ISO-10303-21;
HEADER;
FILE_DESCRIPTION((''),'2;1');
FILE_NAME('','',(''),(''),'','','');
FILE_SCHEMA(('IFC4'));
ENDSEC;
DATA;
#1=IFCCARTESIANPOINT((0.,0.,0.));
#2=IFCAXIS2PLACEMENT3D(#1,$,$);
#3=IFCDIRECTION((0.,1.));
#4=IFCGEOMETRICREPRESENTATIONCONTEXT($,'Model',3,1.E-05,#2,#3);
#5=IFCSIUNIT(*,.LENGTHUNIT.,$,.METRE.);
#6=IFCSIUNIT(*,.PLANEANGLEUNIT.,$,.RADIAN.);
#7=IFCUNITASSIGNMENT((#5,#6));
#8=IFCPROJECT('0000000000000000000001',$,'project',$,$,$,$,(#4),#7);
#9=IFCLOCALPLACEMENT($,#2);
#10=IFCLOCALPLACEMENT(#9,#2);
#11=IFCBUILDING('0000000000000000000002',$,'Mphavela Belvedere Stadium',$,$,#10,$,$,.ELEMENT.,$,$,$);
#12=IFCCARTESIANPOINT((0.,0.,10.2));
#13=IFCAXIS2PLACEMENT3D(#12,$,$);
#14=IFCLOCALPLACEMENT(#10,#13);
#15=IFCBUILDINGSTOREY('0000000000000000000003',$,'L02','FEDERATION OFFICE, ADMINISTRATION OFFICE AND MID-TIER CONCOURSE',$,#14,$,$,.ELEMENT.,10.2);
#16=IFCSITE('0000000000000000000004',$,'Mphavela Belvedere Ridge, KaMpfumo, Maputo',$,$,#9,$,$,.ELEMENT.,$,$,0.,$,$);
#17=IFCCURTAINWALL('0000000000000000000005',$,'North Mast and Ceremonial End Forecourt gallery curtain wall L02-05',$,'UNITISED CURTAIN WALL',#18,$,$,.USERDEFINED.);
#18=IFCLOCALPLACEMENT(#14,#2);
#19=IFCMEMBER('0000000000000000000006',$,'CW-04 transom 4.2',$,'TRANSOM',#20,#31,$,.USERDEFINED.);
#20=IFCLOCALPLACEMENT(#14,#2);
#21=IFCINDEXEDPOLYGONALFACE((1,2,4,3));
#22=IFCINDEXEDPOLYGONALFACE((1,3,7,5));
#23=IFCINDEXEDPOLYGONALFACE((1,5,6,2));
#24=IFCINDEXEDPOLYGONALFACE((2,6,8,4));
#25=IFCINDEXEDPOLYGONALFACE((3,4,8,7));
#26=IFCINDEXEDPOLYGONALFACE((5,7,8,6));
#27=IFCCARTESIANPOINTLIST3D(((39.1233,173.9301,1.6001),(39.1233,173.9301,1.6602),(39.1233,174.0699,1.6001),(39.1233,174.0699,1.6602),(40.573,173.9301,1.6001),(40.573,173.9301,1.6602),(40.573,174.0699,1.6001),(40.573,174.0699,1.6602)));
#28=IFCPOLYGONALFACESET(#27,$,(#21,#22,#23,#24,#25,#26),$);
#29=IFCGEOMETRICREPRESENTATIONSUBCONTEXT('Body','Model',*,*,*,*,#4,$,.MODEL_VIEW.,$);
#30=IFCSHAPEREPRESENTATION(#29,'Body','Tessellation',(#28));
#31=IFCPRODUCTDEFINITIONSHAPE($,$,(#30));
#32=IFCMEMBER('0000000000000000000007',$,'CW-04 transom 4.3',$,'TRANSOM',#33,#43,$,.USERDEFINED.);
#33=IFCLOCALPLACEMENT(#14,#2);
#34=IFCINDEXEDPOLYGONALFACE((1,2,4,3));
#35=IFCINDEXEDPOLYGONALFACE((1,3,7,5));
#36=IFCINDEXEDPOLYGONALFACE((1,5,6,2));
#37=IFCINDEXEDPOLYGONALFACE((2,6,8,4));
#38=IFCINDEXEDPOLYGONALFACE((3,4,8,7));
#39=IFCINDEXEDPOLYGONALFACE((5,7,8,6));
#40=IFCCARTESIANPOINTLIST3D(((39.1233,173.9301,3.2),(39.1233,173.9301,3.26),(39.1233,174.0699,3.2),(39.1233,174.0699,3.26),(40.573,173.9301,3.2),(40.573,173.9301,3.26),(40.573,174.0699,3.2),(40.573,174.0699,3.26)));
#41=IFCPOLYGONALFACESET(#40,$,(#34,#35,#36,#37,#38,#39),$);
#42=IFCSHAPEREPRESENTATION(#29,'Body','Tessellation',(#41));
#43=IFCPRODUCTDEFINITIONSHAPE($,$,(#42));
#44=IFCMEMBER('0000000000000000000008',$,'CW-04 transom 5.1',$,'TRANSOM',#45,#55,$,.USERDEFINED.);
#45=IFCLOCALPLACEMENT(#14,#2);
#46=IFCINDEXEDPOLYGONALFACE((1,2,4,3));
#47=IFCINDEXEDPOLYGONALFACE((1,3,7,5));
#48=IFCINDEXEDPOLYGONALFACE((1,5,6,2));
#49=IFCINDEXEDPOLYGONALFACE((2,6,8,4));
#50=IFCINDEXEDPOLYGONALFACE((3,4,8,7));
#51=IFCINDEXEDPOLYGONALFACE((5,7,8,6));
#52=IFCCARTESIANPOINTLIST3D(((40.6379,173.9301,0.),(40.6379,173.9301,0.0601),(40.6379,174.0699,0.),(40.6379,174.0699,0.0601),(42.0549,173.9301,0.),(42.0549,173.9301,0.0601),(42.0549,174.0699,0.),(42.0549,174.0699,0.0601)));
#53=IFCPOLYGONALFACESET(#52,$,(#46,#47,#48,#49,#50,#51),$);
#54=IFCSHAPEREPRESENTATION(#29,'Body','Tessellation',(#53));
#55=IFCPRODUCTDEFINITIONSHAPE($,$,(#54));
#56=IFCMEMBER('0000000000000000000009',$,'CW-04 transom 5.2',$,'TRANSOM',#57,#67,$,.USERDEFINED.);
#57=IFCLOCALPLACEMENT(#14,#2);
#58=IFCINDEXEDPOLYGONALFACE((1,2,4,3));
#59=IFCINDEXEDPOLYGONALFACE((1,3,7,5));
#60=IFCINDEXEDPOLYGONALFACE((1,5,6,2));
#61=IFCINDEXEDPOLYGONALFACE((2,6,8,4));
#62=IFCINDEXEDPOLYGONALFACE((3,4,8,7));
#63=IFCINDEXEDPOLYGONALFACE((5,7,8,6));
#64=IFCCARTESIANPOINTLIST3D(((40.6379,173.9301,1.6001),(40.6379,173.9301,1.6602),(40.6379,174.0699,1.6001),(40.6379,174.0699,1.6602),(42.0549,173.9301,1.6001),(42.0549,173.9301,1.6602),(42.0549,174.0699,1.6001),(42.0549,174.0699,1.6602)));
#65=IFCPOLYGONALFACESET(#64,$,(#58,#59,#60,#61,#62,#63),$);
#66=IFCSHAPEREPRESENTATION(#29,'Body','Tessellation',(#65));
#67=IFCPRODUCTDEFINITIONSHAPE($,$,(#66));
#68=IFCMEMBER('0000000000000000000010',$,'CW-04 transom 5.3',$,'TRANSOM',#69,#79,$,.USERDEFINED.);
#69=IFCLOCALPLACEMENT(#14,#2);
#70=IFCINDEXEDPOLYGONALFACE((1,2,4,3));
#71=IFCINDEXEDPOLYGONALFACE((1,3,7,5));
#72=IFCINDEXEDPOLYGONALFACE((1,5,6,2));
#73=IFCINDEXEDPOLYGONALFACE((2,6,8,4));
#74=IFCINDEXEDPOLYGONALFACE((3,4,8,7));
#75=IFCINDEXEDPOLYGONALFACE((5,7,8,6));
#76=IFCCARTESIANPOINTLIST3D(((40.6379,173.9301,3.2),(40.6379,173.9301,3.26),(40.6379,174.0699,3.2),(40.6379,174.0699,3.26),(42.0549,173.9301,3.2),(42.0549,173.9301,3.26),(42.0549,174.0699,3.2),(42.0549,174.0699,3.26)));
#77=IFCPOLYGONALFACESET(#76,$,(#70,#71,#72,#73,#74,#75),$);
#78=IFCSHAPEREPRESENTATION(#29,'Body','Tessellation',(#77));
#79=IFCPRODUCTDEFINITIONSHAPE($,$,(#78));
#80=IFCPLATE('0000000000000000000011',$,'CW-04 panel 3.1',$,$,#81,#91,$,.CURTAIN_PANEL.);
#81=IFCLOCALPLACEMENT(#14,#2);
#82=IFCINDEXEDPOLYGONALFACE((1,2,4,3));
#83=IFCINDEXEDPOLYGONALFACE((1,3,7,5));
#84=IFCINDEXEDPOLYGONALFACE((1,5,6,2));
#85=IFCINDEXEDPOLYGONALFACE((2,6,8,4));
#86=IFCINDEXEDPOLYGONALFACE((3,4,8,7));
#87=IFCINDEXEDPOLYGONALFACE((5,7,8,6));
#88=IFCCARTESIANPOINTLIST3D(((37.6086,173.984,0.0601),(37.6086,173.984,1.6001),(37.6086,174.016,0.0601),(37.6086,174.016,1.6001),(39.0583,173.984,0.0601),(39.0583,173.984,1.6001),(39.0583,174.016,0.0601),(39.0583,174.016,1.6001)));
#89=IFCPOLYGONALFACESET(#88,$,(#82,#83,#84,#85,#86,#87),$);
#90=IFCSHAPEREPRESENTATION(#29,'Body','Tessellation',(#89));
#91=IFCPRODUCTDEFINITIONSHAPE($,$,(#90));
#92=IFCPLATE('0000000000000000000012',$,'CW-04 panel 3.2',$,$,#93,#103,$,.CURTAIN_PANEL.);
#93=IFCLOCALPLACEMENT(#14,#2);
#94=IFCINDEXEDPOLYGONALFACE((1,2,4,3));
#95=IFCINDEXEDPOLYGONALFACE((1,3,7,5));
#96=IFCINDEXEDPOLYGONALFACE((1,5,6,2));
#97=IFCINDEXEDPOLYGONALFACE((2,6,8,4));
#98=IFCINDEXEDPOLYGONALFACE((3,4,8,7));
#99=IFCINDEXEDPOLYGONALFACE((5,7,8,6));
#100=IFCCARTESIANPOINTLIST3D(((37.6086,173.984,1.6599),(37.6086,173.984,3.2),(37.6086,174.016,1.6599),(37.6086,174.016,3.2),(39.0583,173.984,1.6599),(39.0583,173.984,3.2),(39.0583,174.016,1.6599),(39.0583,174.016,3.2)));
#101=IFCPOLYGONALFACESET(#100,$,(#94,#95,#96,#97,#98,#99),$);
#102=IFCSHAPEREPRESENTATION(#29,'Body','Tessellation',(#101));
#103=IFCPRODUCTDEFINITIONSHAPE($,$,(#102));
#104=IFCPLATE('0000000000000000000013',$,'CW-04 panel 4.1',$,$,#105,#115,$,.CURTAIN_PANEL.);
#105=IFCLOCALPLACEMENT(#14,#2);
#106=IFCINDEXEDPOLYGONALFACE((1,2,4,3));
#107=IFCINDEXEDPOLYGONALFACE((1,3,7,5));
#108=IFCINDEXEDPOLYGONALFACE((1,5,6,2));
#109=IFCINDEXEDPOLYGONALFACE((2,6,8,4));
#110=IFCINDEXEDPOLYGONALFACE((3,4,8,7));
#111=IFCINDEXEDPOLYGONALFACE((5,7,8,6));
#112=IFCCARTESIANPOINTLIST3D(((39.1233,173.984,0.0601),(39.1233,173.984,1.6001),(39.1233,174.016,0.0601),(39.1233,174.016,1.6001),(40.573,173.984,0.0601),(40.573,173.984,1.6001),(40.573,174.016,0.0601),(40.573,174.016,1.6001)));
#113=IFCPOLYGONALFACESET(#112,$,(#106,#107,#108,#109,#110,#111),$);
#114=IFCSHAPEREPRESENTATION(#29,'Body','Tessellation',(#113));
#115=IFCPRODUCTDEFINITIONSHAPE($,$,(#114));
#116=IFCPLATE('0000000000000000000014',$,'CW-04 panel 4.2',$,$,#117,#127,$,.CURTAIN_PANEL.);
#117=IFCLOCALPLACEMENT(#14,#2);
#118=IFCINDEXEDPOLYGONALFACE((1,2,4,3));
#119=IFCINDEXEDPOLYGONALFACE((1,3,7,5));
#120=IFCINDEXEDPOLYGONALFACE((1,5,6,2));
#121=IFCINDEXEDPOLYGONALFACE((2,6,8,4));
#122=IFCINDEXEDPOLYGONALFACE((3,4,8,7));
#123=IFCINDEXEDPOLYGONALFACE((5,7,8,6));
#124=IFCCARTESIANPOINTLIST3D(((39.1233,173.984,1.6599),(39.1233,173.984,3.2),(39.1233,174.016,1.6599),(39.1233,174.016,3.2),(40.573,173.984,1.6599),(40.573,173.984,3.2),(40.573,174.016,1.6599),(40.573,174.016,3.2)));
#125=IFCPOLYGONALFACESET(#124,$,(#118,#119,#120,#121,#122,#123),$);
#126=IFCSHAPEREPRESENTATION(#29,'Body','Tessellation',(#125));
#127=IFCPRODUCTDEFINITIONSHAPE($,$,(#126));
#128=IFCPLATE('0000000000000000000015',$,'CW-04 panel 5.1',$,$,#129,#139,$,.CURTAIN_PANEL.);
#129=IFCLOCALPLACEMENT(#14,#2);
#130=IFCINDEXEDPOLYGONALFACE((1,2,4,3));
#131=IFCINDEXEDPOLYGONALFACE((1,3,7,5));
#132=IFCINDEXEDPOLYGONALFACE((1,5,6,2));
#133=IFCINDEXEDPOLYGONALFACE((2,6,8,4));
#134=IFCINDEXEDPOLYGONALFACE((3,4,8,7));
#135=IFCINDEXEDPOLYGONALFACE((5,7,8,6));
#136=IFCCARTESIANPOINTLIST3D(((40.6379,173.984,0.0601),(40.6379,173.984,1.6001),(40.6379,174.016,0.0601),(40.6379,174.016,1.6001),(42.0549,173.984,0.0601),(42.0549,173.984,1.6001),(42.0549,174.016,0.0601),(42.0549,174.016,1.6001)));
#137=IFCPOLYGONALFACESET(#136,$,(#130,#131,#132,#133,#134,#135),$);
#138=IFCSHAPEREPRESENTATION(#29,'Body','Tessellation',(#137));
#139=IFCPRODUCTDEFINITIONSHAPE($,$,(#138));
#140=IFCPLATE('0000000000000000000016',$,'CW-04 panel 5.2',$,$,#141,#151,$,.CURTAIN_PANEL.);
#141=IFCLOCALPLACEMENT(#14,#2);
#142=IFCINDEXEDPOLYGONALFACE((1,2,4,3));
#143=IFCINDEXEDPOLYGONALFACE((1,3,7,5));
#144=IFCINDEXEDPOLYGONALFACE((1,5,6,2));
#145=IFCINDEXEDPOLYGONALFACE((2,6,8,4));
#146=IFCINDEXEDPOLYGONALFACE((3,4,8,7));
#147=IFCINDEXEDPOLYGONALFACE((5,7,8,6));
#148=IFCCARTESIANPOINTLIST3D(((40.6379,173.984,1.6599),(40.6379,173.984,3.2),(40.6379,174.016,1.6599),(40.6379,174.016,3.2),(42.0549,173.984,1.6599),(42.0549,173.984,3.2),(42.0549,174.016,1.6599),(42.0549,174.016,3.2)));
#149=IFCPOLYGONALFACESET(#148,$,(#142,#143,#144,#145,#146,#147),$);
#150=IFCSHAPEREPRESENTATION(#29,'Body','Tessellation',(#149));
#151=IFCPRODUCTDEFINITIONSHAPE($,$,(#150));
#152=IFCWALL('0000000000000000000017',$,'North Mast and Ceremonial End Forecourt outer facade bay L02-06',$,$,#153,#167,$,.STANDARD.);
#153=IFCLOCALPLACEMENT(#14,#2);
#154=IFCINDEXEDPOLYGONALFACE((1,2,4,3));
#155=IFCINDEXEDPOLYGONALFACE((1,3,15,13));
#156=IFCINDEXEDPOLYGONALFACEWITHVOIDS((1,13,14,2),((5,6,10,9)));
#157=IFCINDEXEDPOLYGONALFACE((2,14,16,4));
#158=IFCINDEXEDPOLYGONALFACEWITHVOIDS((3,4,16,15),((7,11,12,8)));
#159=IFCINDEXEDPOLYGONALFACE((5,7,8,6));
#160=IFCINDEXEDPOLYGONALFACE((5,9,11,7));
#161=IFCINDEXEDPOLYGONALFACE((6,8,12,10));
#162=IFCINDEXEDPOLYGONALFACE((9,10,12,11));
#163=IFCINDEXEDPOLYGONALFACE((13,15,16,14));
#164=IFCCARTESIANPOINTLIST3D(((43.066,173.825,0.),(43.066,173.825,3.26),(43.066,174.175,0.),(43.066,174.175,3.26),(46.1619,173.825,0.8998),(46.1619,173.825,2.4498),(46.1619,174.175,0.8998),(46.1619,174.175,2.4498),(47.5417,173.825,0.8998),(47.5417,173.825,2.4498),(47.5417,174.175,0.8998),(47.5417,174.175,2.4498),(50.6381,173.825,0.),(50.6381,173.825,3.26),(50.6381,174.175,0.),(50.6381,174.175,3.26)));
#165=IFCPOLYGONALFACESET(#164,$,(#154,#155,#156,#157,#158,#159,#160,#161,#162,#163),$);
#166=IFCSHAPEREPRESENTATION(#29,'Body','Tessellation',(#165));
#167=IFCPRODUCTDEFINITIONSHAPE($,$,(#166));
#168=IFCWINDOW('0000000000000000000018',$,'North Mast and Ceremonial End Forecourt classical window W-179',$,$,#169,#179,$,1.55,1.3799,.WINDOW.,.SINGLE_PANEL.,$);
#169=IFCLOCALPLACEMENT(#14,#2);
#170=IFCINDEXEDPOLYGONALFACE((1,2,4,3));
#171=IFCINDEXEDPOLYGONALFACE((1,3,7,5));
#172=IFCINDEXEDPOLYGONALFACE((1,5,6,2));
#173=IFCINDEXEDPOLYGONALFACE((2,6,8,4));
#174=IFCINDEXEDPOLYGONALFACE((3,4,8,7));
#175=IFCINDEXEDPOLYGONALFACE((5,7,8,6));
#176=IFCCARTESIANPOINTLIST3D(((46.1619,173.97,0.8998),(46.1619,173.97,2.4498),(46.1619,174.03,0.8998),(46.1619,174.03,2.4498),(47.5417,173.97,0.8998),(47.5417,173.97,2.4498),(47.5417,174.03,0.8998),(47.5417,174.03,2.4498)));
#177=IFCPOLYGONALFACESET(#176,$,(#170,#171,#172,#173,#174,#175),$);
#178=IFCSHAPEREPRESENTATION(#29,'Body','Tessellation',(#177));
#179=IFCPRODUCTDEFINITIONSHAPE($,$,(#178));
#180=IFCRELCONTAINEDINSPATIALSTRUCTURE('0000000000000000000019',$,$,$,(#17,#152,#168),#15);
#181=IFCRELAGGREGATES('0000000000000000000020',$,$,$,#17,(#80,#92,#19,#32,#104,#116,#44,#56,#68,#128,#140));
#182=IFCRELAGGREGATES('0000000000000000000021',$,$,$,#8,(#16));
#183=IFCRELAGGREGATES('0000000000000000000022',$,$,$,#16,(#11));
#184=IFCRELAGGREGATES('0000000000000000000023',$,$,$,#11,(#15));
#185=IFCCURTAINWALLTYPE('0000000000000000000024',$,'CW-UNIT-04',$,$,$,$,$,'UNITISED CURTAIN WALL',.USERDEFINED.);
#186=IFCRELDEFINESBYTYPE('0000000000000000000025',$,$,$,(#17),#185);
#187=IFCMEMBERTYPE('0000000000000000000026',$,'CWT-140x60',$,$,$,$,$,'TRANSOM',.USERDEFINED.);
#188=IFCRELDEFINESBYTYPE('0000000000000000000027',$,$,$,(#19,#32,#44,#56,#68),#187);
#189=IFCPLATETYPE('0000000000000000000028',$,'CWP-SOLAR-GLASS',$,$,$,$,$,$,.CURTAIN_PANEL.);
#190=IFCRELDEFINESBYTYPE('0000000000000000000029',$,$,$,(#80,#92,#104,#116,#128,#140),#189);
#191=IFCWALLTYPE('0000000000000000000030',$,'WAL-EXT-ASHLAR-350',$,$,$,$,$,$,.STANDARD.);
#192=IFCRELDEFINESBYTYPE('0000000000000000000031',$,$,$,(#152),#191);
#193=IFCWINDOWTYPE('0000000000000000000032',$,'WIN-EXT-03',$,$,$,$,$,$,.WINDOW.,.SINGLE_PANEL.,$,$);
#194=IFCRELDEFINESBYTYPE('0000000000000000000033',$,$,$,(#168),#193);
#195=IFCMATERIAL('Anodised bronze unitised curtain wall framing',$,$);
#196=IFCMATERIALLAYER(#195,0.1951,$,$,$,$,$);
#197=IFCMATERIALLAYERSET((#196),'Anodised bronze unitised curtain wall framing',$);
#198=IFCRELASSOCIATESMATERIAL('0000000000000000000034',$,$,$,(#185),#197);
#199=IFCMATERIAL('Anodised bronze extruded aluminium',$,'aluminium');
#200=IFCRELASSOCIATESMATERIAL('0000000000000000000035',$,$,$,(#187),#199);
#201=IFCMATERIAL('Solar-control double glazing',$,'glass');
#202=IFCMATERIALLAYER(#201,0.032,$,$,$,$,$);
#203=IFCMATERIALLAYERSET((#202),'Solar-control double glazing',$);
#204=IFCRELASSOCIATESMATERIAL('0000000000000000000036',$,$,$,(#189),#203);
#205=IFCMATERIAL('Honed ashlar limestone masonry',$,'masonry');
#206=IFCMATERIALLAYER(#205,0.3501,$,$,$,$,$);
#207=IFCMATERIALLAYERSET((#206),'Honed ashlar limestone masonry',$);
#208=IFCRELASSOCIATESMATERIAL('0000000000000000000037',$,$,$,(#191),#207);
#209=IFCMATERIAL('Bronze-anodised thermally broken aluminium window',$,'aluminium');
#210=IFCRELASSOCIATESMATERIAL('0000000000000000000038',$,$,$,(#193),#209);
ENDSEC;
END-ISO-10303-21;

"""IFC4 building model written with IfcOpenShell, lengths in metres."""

from ifc_helpers import new_model, si_unit, direction, frame, frame_2d, origin, origin_2d, place, context, subcontext, project, spatial, rectangle, extrude, material, layer, layer_set, material_profile, profile_set, type_object, element, fill, aggregate, save


model = new_model("IFC4")

# Units and contexts
model_context = context("Model", 3, precision=1e-05, world=origin(), true_north=direction((0.0, 1.0)))
body_context = subcontext(model_context, "Body", "Model", "MODEL_VIEW")
ifc_project = project(units=[si_unit("LENGTHUNIT", "METRE"), si_unit("PLANEANGLEUNIT", "RADIAN")], contexts=[model_context])

# Site, building, storey
site_placement = place(None, origin())
site = spatial("IfcSite", under=ifc_project, at=site_placement, Name="Mphavela Belvedere Ridge, KaMpfumo, Maputo", CompositionType="ELEMENT", RefElevation=0.0)
building_placement = place(site_placement, origin())
building = spatial("IfcBuilding", under=site, at=building_placement, Name="Mphavela Belvedere Stadium", CompositionType="ELEMENT")
storey_placement = place(building_placement, frame((0.0, 0.0, 10.2)))
storey = spatial("IfcBuildingStorey", under=building, at=storey_placement, Name="L02", Description="FEDERATION OFFICE, ADMINISTRATION OFFICE AND MID-TIER CONCOURSE", CompositionType="ELEMENT", Elevation=10.2)

# Curtain wall, members, plates
ifc_material_1 = material(Name="Anodised bronze unitised curtain wall framing")
ifc_layer_1 = layer(ifc_material_1, 0.1951)
ifc_layer_set_1 = layer_set([ifc_layer_1], Name="Anodised bronze unitised curtain wall framing")
curtain_wall_type = type_object("IfcCurtainWallType", Name="CW-UNIT-04", ElementType="UNITISED CURTAIN WALL", PredefinedType="USERDEFINED", material=ifc_layer_set_1)
curtain_wall_placement = place(storey_placement, origin())
curtain_wall = element("IfcCurtainWall", 1, at=curtain_wall_placement, inside=storey, type_object=curtain_wall_type, Name="North Mast and Ceremonial End Forecourt gallery curtain wall L02-05", ObjectType="UNITISED CURTAIN WALL", PredefinedType="USERDEFINED")
ifc_material_2 = material(Name="Anodised bronze extruded aluminium", Category="aluminium")
ifc_material_profile_1 = material_profile(ifc_material_2, rectangle(XDim=0.1399, YDim=0.0601, at=origin_2d()), Name="CW-TRN 140x60")
ifc_profile_set_1 = profile_set([ifc_material_profile_1], Name="Anodised bronze extruded aluminium")
member_type_1 = type_object("IfcMemberType", Name="CWT-140x60", ElementType="TRANSOM", PredefinedType="USERDEFINED", material=ifc_profile_set_1)
member_1_placement = place(storey_placement, frame((39.1233, 174.0, 1.6301), z_axis=(1.0, 0.0, 0.0), x_axis=(0.0, 1.0, 0.0)))
member_1 = element("IfcMember", 2, at=member_1_placement, type_object=member_type_1, Name="CW-04 transom 4.2", ObjectType="TRANSOM", PredefinedType="USERDEFINED", context=body_context, shape_type="SweptSolid", body=[
    extrude(rectangle(XDim=0.1399, YDim=0.0601, at=origin_2d()), origin(), (0.0, 0.0, 1.0), 1.4497),
])
member_2_placement = place(storey_placement, frame((39.1233, 174.0, 3.23), z_axis=(1.0, 0.0, 0.0), x_axis=(0.0, 1.0, 0.0)))
member_2 = element("IfcMember", 3, at=member_2_placement, type_object=member_type_1, Name="CW-04 transom 4.3", ObjectType="TRANSOM", PredefinedType="USERDEFINED", context=body_context, shape_type="SweptSolid", body=[
    extrude(rectangle(XDim=0.1399, YDim=0.0601, at=origin_2d()), origin(), (0.0, 0.0, 1.0), 1.4497),
])
member_3_placement = place(storey_placement, frame((40.6379, 174.0, 0.03), z_axis=(1.0, 0.0, 0.0), x_axis=(0.0, 1.0, 0.0)))
member_3 = element("IfcMember", 4, at=member_3_placement, type_object=member_type_1, Name="CW-04 transom 5.1", ObjectType="TRANSOM", PredefinedType="USERDEFINED", context=body_context, shape_type="SweptSolid", body=[
    extrude(rectangle(XDim=0.1399, YDim=0.0601, at=origin_2d()), origin(), (0.0, 0.0, 1.0), 1.417),
])
member_4_placement = place(storey_placement, frame((40.6379, 174.0, 1.6301), z_axis=(1.0, 0.0, 0.0), x_axis=(0.0, 1.0, 0.0)))
member_4 = element("IfcMember", 5, at=member_4_placement, type_object=member_type_1, Name="CW-04 transom 5.2", ObjectType="TRANSOM", PredefinedType="USERDEFINED", context=body_context, shape_type="SweptSolid", body=[
    extrude(rectangle(XDim=0.1399, YDim=0.0601, at=origin_2d()), origin(), (0.0, 0.0, 1.0), 1.417),
])
member_5_placement = place(storey_placement, frame((40.6379, 174.0, 3.23), z_axis=(1.0, 0.0, 0.0), x_axis=(0.0, 1.0, 0.0)))
member_5 = element("IfcMember", 6, at=member_5_placement, type_object=member_type_1, Name="CW-04 transom 5.3", ObjectType="TRANSOM", PredefinedType="USERDEFINED", context=body_context, shape_type="SweptSolid", body=[
    extrude(rectangle(XDim=0.1399, YDim=0.0601, at=origin_2d()), origin(), (0.0, 0.0, 1.0), 1.417),
])
ifc_material_3 = material(Name="Solar-control double glazing", Category="glass")
ifc_layer_2 = layer(ifc_material_3, 0.032)
ifc_layer_set_2 = layer_set([ifc_layer_2], Name="Solar-control double glazing")
plate_type = type_object("IfcPlateType", Name="CWP-SOLAR-GLASS", PredefinedType="CURTAIN_PANEL", material=ifc_layer_set_2)
plate_1_placement = place(storey_placement, frame((38.3335, 174.0, 0.0601), z_axis=(0.0, 0.0, 1.0), x_axis=(1.0, 0.0, 0.0)))
plate_1 = element("IfcPlate", 7, at=plate_1_placement, type_object=plate_type, Name="CW-04 panel 3.1", PredefinedType="CURTAIN_PANEL", context=body_context, shape_type="SweptSolid", body=[
    extrude(rectangle(XDim=1.4497, YDim=0.032, at=origin_2d()), origin(), (0.0, 0.0, 1.0), 1.54),
])
plate_2_placement = place(storey_placement, frame((38.3335, 174.0, 1.6599), z_axis=(0.0, 0.0, 1.0), x_axis=(1.0, 0.0, 0.0)))
plate_2 = element("IfcPlate", 8, at=plate_2_placement, type_object=plate_type, Name="CW-04 panel 3.2", PredefinedType="CURTAIN_PANEL", context=body_context, shape_type="SweptSolid", body=[
    extrude(rectangle(XDim=1.4497, YDim=0.032, at=origin_2d()), origin(), (0.0, 0.0, 1.0), 1.54),
])
plate_3_placement = place(storey_placement, frame((39.8481, 174.0, 0.0601), z_axis=(0.0, 0.0, 1.0), x_axis=(1.0, 0.0, 0.0)))
plate_3 = element("IfcPlate", 9, at=plate_3_placement, type_object=plate_type, Name="CW-04 panel 4.1", PredefinedType="CURTAIN_PANEL", context=body_context, shape_type="SweptSolid", body=[
    extrude(rectangle(XDim=1.4497, YDim=0.032, at=origin_2d()), origin(), (0.0, 0.0, 1.0), 1.54),
])
plate_4_placement = place(storey_placement, frame((39.8481, 174.0, 1.6599), z_axis=(0.0, 0.0, 1.0), x_axis=(1.0, 0.0, 0.0)))
plate_4 = element("IfcPlate", 10, at=plate_4_placement, type_object=plate_type, Name="CW-04 panel 4.2", PredefinedType="CURTAIN_PANEL", context=body_context, shape_type="SweptSolid", body=[
    extrude(rectangle(XDim=1.4497, YDim=0.032, at=origin_2d()), origin(), (0.0, 0.0, 1.0), 1.54),
])
plate_5_placement = place(storey_placement, frame((41.3464, 174.0, 0.0601), z_axis=(0.0, 0.0, 1.0), x_axis=(1.0, 0.0, 0.0)))
plate_5 = element("IfcPlate", 11, at=plate_5_placement, type_object=plate_type, Name="CW-04 panel 5.1", PredefinedType="CURTAIN_PANEL", context=body_context, shape_type="SweptSolid", body=[
    extrude(rectangle(XDim=1.417, YDim=0.032, at=origin_2d()), origin(), (0.0, 0.0, 1.0), 1.54),
])
plate_6_placement = place(storey_placement, frame((41.3464, 174.0, 1.6599), z_axis=(0.0, 0.0, 1.0), x_axis=(1.0, 0.0, 0.0)))
plate_6 = element("IfcPlate", 12, at=plate_6_placement, type_object=plate_type, Name="CW-04 panel 5.2", PredefinedType="CURTAIN_PANEL", context=body_context, shape_type="SweptSolid", body=[
    extrude(rectangle(XDim=1.417, YDim=0.032, at=origin_2d()), origin(), (0.0, 0.0, 1.0), 1.54),
])
aggregate(curtain_wall, [plate_1, plate_2, member_1, member_2, plate_3, plate_4, member_3, member_4, member_5, plate_5, plate_6])

# Wall, opening, window
ifc_material_4 = material(Name="Honed ashlar limestone masonry", Category="masonry")
ifc_layer_3 = layer(ifc_material_4, 0.3501)
ifc_layer_set_3 = layer_set([ifc_layer_3], Name="Honed ashlar limestone masonry")
wall_type = type_object("IfcWallType", Name="WAL-EXT-ASHLAR-350", PredefinedType="STANDARD", material=ifc_layer_set_3)
wall_placement = place(storey_placement, frame((43.0659, 174.0, 0.0), z_axis=(0.0, 0.0, 1.0), x_axis=(1.0, 0.0, 0.0)))
wall = element("IfcWall", 13, at=wall_placement, inside=storey, type_object=wall_type, Name="North Mast and Ceremonial End Forecourt outer facade bay L02-06", PredefinedType="STANDARD", context=body_context, shape_type="SweptSolid", body=[
    extrude(rectangle(XDim=7.572, YDim=0.3501, at=frame_2d((3.7861, 0.0))), origin(), (0.0, 0.0, 1.0), 3.26),
])
opening_placement = place(wall_placement, frame((3.0959, 0.0, 0.8999)))
opening = element("IfcOpeningElement", 14, at=opening_placement, cuts=wall, PredefinedType="OPENING", context=body_context, shape_type="SweptSolid", body=[
    extrude(rectangle(XDim=1.3799, YDim=1.55, at=frame_2d((0.6899, 0.7749))), frame((0.0, 0.1851, 0.0), z_axis=(0.0, -1.0, 0.0), x_axis=(1.0, 0.0, 0.0)), (0.0, 0.0, 1.0), 0.3701),
])
ifc_material_5 = material(Name="Bronze-anodised thermally broken aluminium window", Category="aluminium")
window_type = type_object("IfcWindowType", Name="WIN-EXT-03", PartitioningType="SINGLE_PANEL", PredefinedType="WINDOW", material=ifc_material_5)
window_placement = place(opening_placement, origin())
window = element("IfcWindow", 15, at=window_placement, inside=storey, type_object=window_type, Name="North Mast and Ceremonial End Forecourt classical window W-179", OverallHeight=1.55, OverallWidth=1.3799, PartitioningType="SINGLE_PANEL", PredefinedType="WINDOW", context=body_context, shape_type="SweptSolid", body=[
    extrude(rectangle(XDim=1.3799, YDim=1.55, at=frame_2d((0.6899, 0.7749))), frame((0.0, 0.03, 0.0), z_axis=(0.0, -1.0, 0.0), x_axis=(1.0, 0.0, 0.0)), (0.0, 0.0, 1.0), 0.0601),
])
fill(opening, window)

save(model, "model.ifc")
